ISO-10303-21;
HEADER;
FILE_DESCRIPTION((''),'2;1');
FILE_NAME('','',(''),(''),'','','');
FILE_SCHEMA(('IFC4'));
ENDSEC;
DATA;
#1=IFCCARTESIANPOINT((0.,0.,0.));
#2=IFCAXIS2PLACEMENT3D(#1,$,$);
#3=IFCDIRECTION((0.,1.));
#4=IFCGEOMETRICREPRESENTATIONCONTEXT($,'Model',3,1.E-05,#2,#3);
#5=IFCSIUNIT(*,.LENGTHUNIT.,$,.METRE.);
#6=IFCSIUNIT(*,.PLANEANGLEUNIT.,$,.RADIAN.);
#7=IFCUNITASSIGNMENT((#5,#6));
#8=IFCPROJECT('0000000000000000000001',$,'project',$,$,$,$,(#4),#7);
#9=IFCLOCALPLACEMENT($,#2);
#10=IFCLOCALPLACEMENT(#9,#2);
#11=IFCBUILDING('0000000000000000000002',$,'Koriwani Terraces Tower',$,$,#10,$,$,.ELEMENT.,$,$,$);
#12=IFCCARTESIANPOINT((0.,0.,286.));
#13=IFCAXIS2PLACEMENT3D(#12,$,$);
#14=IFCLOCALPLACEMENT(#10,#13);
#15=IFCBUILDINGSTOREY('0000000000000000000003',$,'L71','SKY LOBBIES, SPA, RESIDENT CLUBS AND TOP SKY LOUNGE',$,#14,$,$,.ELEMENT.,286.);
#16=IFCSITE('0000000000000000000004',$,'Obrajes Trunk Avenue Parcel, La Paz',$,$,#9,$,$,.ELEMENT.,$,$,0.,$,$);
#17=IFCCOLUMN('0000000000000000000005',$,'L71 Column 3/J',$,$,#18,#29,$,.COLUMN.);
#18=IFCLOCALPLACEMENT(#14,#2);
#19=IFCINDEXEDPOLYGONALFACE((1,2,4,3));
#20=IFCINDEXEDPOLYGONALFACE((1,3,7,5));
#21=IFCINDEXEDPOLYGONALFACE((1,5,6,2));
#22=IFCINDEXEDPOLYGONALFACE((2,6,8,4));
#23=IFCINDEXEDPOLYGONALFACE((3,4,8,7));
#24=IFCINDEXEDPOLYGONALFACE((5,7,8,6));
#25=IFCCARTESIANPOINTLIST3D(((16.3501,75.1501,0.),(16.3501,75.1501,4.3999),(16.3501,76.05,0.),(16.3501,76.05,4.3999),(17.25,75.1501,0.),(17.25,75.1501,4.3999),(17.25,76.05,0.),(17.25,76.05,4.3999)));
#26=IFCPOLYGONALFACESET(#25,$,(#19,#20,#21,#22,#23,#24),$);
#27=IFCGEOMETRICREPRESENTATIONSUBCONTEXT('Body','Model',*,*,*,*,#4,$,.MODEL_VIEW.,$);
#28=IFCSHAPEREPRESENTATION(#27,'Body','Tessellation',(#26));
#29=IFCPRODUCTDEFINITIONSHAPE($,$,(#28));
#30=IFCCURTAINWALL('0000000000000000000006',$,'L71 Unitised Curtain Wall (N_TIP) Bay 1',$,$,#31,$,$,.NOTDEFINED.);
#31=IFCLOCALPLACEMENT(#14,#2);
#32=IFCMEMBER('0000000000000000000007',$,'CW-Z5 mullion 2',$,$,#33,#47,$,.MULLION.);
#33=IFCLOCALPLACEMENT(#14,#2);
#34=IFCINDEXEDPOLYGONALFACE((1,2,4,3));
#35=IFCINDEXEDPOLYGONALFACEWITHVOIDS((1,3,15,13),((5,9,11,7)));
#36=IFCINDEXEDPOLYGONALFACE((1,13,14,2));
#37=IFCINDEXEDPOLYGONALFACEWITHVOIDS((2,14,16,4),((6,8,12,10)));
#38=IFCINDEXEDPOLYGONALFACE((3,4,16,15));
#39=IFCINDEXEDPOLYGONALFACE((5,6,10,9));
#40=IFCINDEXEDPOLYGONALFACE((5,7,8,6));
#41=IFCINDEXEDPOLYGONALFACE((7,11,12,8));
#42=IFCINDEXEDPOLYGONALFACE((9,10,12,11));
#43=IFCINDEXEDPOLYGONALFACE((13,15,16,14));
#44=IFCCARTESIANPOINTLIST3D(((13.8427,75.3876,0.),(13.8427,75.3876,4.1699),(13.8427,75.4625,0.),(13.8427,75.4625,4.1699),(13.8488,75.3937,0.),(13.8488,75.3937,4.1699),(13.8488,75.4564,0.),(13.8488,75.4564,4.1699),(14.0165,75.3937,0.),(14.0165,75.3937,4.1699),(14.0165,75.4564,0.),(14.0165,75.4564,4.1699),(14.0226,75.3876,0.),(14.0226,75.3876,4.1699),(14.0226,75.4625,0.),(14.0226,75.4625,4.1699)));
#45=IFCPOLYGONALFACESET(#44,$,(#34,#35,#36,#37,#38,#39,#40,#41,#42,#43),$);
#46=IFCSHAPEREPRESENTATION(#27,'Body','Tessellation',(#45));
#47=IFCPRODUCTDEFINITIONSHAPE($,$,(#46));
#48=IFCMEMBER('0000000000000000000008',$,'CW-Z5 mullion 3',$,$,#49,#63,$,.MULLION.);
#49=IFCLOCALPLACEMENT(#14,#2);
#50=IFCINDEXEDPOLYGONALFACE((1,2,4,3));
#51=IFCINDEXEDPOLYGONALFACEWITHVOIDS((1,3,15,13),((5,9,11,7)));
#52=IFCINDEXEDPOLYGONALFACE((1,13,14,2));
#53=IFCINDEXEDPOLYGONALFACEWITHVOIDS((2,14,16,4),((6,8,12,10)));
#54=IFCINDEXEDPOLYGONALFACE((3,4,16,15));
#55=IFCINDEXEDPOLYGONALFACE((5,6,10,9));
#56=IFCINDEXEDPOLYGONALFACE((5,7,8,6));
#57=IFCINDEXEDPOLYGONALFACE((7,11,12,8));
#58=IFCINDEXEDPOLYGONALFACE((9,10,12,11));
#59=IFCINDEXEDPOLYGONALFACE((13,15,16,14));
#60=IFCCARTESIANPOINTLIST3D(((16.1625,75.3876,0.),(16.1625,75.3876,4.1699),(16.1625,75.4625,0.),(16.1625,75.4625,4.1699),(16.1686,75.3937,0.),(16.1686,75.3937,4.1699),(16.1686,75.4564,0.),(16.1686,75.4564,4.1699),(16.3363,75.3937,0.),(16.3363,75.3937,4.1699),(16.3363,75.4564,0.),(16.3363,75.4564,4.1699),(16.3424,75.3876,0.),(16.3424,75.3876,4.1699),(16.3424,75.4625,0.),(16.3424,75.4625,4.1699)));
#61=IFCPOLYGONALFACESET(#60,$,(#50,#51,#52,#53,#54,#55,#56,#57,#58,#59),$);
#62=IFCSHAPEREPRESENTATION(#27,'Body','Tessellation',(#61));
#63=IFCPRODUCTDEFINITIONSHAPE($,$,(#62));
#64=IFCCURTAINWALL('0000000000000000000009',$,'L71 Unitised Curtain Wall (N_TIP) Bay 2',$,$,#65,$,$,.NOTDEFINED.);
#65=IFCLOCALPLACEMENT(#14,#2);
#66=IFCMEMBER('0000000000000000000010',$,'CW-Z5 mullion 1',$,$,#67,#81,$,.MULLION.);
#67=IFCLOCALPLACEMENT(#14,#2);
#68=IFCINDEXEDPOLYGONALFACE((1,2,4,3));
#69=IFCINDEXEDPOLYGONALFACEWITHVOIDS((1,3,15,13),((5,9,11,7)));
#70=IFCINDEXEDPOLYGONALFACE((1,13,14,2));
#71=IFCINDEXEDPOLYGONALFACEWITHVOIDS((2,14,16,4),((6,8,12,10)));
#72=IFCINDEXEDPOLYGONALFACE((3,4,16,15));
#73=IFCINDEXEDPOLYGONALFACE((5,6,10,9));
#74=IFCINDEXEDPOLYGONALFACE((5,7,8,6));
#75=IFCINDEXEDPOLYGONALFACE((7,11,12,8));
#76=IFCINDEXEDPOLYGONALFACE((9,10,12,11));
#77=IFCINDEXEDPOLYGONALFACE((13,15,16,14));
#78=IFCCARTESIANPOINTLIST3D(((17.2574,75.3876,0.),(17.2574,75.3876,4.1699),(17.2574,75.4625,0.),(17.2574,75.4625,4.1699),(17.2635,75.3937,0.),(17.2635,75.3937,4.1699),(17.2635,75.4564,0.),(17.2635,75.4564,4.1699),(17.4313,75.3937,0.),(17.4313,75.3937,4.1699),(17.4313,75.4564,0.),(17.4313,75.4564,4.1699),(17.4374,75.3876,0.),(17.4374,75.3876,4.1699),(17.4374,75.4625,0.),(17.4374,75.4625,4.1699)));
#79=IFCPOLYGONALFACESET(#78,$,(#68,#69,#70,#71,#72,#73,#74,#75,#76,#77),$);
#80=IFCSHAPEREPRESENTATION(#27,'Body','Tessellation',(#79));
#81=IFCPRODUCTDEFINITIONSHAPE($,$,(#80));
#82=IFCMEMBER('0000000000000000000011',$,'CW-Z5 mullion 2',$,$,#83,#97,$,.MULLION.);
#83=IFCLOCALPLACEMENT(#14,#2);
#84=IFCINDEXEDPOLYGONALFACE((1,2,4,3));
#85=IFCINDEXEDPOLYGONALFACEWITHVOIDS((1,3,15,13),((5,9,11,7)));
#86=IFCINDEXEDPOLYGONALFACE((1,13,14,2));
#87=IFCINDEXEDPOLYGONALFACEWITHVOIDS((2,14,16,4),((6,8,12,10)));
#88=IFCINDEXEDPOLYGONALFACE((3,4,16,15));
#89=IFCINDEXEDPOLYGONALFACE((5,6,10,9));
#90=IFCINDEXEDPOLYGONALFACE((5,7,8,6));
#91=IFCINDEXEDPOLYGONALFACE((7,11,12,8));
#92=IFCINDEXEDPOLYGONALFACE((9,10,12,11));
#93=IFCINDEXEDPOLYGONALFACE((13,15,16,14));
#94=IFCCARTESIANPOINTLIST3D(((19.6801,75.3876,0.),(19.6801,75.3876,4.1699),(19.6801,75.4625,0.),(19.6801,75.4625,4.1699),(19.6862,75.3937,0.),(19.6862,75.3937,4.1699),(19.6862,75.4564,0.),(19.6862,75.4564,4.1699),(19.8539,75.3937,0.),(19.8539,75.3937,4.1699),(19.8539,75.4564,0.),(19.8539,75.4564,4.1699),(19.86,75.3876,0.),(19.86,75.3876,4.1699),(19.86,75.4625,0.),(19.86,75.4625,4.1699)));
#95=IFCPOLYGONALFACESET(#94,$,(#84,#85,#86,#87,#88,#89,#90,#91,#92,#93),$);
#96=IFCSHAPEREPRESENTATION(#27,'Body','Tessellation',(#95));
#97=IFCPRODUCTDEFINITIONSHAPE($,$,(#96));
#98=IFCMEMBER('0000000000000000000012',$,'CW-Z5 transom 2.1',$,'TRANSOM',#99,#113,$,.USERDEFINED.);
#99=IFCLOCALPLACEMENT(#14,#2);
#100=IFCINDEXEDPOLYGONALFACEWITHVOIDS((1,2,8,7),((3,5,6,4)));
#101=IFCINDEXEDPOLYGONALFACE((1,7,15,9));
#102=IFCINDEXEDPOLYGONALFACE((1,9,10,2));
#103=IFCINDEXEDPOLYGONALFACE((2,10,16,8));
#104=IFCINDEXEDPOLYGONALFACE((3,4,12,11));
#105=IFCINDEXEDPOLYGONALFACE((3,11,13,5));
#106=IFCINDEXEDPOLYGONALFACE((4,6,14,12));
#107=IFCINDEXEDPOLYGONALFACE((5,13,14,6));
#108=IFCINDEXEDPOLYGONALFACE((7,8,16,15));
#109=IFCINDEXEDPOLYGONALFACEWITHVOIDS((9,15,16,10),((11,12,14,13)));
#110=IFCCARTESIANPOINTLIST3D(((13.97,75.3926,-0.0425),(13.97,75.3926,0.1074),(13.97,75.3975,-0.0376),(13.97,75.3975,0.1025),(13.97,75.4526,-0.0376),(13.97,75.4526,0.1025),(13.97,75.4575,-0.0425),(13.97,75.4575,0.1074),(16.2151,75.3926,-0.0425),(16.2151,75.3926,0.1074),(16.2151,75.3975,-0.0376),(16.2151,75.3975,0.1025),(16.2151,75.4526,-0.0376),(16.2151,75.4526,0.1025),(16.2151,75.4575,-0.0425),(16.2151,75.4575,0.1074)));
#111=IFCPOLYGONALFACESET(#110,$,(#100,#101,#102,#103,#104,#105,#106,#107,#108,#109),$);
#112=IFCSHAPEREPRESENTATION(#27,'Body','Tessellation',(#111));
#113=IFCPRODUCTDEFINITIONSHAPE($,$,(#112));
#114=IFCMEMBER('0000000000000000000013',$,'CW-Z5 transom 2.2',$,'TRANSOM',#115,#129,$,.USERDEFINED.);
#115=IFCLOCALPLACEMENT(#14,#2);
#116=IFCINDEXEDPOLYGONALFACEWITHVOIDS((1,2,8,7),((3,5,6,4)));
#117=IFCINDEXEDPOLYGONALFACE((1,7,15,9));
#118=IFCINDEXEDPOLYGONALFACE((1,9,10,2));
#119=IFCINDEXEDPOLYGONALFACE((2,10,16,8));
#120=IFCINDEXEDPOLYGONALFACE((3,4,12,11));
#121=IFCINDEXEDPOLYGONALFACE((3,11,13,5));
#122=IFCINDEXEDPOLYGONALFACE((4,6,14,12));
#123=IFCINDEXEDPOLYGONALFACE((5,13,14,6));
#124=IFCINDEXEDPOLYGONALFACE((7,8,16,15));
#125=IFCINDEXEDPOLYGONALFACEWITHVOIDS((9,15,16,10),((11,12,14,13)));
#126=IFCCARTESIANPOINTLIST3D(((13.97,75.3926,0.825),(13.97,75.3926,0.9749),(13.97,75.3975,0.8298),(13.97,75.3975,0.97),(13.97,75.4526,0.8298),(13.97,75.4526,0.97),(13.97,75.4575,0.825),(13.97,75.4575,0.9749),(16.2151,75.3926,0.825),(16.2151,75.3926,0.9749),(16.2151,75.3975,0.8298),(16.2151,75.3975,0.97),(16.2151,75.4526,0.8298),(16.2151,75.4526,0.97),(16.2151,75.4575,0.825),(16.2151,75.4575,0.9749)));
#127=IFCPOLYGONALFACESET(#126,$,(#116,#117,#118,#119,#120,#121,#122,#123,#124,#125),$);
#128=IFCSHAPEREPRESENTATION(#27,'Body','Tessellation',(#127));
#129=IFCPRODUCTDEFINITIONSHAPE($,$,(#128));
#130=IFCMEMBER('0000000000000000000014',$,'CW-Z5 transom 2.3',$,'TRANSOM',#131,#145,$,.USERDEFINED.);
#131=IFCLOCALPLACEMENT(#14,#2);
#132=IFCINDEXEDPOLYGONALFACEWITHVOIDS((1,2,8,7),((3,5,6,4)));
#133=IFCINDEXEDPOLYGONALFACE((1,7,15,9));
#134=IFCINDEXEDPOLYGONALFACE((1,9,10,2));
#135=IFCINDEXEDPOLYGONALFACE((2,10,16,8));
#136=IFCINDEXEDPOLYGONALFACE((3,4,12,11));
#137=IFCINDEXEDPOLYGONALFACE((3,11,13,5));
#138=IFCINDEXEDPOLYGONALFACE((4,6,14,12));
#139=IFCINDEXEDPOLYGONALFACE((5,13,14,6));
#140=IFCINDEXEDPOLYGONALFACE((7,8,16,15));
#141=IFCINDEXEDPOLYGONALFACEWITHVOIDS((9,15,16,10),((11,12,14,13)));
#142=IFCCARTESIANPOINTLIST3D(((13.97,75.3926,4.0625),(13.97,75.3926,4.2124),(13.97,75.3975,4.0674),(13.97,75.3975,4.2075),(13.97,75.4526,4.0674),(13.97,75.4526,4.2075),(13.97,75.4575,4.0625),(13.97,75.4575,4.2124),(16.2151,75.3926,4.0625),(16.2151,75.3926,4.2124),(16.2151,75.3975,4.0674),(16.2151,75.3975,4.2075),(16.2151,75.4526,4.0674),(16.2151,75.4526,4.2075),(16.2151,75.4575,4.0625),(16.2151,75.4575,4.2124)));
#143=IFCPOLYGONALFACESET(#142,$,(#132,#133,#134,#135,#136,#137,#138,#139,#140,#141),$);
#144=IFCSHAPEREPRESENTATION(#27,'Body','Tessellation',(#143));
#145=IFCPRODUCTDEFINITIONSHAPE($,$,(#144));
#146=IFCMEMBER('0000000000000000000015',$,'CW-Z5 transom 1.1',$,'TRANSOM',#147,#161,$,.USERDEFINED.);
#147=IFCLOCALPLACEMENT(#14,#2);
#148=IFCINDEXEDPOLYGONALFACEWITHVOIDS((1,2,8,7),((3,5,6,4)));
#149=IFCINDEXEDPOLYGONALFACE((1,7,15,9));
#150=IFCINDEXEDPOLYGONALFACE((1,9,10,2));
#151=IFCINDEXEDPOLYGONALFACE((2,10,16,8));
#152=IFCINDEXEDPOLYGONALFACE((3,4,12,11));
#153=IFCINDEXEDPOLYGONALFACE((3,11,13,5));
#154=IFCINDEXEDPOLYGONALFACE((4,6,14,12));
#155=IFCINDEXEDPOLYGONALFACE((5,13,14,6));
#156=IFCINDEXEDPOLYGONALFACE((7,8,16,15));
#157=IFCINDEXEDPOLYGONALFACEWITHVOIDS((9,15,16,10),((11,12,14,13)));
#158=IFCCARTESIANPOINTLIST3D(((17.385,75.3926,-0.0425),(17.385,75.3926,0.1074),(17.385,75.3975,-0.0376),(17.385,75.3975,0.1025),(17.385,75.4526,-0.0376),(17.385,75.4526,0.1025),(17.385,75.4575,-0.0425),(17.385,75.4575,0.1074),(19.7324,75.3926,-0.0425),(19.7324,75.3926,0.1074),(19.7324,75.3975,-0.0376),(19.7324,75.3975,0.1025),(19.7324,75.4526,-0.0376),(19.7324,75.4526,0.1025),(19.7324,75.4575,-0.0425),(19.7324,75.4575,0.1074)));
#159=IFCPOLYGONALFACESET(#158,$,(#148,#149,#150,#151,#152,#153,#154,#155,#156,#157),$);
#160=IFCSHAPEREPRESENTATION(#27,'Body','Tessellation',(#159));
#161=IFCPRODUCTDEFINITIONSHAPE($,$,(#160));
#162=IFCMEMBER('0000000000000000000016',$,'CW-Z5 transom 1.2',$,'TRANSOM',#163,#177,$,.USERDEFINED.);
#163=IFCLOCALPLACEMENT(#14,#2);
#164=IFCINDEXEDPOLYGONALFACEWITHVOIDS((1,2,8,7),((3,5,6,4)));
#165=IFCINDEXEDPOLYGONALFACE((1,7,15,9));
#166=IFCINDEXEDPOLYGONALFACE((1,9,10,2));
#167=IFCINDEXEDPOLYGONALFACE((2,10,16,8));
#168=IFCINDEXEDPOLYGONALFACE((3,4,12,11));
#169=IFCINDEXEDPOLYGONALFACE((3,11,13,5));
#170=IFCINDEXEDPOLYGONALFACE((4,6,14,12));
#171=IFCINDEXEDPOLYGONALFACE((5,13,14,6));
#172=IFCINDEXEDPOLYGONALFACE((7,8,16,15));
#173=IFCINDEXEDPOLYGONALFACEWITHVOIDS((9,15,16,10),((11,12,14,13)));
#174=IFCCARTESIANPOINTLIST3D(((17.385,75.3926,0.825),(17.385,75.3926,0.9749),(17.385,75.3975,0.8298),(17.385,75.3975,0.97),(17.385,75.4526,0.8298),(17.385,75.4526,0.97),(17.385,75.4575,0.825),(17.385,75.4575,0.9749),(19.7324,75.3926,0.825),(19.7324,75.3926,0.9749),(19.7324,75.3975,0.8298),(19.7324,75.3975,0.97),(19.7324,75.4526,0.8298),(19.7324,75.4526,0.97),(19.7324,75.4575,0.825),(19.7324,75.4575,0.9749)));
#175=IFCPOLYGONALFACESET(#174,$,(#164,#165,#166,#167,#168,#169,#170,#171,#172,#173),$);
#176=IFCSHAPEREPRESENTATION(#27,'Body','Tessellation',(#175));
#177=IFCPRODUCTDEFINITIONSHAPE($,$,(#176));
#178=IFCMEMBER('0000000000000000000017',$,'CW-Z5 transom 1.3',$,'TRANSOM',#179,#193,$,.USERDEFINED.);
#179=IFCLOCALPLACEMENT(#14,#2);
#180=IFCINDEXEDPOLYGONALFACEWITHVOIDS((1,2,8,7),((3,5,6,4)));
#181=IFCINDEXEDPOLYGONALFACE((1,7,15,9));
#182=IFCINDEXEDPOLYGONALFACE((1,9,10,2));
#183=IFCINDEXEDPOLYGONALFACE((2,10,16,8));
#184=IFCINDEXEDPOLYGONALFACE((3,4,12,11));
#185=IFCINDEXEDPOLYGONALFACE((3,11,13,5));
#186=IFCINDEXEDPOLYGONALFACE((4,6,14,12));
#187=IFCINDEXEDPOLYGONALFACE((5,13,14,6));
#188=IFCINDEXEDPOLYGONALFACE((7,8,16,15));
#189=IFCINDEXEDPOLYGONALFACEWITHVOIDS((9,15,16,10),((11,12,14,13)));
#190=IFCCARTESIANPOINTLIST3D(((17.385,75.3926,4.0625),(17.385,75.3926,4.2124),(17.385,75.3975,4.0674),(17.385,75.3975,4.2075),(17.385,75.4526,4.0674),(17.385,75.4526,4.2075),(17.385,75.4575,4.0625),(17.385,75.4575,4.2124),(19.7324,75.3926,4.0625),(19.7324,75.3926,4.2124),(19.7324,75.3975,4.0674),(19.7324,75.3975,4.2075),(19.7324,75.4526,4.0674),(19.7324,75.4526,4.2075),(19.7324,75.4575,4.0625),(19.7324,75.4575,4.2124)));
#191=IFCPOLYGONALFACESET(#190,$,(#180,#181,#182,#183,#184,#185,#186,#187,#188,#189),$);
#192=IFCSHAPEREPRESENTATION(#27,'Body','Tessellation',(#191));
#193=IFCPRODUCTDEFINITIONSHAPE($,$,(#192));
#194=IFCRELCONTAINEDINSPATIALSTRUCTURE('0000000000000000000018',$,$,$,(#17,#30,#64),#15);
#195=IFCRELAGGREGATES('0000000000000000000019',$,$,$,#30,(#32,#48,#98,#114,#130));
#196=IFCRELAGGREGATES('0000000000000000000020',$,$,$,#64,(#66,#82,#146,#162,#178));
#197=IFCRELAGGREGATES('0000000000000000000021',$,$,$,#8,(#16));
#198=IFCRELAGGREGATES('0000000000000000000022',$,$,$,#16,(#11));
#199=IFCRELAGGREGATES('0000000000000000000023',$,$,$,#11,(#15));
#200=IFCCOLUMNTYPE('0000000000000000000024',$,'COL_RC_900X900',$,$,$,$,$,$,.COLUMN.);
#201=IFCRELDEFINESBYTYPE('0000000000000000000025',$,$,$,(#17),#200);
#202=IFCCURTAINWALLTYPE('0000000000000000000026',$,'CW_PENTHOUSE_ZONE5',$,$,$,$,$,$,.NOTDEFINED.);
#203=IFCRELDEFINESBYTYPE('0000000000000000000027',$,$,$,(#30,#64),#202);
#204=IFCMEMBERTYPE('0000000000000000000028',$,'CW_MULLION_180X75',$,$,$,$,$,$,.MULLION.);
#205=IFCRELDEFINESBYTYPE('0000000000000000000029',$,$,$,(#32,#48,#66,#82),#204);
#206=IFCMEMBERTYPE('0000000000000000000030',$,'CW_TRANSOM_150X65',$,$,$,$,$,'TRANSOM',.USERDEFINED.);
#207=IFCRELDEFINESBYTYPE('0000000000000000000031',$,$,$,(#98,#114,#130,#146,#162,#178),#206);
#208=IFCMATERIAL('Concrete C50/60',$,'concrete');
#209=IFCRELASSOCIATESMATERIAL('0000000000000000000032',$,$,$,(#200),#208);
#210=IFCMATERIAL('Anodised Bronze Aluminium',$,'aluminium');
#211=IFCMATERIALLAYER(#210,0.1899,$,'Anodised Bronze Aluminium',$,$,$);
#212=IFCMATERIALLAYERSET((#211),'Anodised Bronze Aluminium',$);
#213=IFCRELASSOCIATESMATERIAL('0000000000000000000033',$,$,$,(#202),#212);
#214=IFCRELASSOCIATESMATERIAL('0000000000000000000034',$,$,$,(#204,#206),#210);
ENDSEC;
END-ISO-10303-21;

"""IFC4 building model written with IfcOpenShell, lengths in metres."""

from ifc_helpers import new_model, si_unit, direction, frame, origin, origin_2d, place, context, subcontext, project, spatial, rectangle, hollow_rectangle, extrude, material, layer, layer_set, material_profile, profile_set, type_object, element, aggregate, save


model = new_model("IFC4")

# Units and contexts
model_context = context("Model", 3, precision=1e-05, world=origin(), true_north=direction((0.0, 1.0)))
body_context = subcontext(model_context, "Body", "Model", "MODEL_VIEW")
ifc_project = project(units=[si_unit("LENGTHUNIT", "METRE"), si_unit("PLANEANGLEUNIT", "RADIAN")], contexts=[model_context])

# Site, building, storey
site_placement = place(None, origin())
site = spatial("IfcSite", under=ifc_project, at=site_placement, Name="Obrajes Trunk Avenue Parcel, La Paz", CompositionType="ELEMENT", RefElevation=0.0)
building_placement = place(site_placement, origin())
building = spatial("IfcBuilding", under=site, at=building_placement, Name="Koriwani Terraces Tower", CompositionType="ELEMENT")
storey_placement = place(building_placement, frame((0.0, 0.0, 286.0)))
storey = spatial("IfcBuildingStorey", under=building, at=storey_placement, Name="L71", Description="SKY LOBBIES, SPA, RESIDENT CLUBS AND TOP SKY LOUNGE", CompositionType="ELEMENT", Elevation=286.0)

# Column
ifc_material_1 = material(Name="Concrete C50/60", Category="concrete")
ifc_material_profile_1 = material_profile(ifc_material_1, rectangle(XDim=0.8999, YDim=0.8999, at=origin_2d()), Name="Concrete C50/60", Category="LoadBearing")
ifc_profile_set_1 = profile_set([ifc_material_profile_1], Name="Concrete C50/60")
column_type = type_object("IfcColumnType", Name="COL_RC_900X900", PredefinedType="COLUMN", material=ifc_profile_set_1)
column_placement = place(storey_placement, frame((16.8, 75.6001, 0.0), z_axis=(0.0, 0.0, 1.0), x_axis=(1.0, 0.0, 0.0)))
element("IfcColumn", 1, at=column_placement, inside=storey, type_object=column_type, Name="L71 Column 3/J", PredefinedType="COLUMN", context=body_context, shape_type="SweptSolid", body=[
    extrude(rectangle(XDim=0.8999, YDim=0.8999, at=origin_2d()), origin(), (0.0, 0.0, 1.0), 4.3999),
])

# Curtain walls, members
ifc_material_2 = material(Name="Anodised Bronze Aluminium", Category="aluminium")
ifc_layer_1 = layer(ifc_material_2, 0.1899, Name="Anodised Bronze Aluminium")
ifc_layer_set_1 = layer_set([ifc_layer_1], Name="Anodised Bronze Aluminium")
curtain_wall_type = type_object("IfcCurtainWallType", Name="CW_PENTHOUSE_ZONE5", PredefinedType="NOTDEFINED", material=ifc_layer_set_1)
curtain_wall_1_placement = place(storey_placement, origin())
curtain_wall_1 = element("IfcCurtainWall", 2, at=curtain_wall_1_placement, inside=storey, type_object=curtain_wall_type, Name="L71 Unitised Curtain Wall (N_TIP) Bay 1", PredefinedType="NOTDEFINED")
ifc_material_profile_2 = material_profile(ifc_material_2, hollow_rectangle(XDim=0.075, YDim=0.1799, WallThickness=0.0061, at=origin_2d()), Name="Anodised Bronze Aluminium", Category="LoadBearing")
ifc_profile_set_2 = profile_set([ifc_material_profile_2], Name="Anodised Bronze Aluminium")
member_type_1 = type_object("IfcMemberType", Name="CW_MULLION_180X75", PredefinedType="MULLION", material=ifc_profile_set_2)
member_1_placement = place(storey_placement, frame((13.9326, 75.425, 0.0), z_axis=(0.0, 0.0, 1.0), x_axis=(0.0, 1.0, 0.0)))
member_1 = element("IfcMember", 3, at=member_1_placement, type_object=member_type_1, Name="CW-Z5 mullion 2", PredefinedType="MULLION", context=body_context, shape_type="SweptSolid", body=[
    extrude(hollow_rectangle(XDim=0.075, YDim=0.1799, WallThickness=0.0061, at=origin_2d()), origin(), (0.0, 0.0, 1.0), 4.1699),
])
member_2_placement = place(storey_placement, frame((16.2524, 75.425, 0.0), z_axis=(0.0, 0.0, 1.0), x_axis=(0.0, 1.0, 0.0)))
member_2 = element("IfcMember", 4, at=member_2_placement, type_object=member_type_1, Name="CW-Z5 mullion 3", PredefinedType="MULLION", context=body_context, shape_type="SweptSolid", body=[
    extrude(hollow_rectangle(XDim=0.075, YDim=0.1799, WallThickness=0.0061, at=origin_2d()), origin(), (0.0, 0.0, 1.0), 4.1699),
])
curtain_wall_2_placement = place(storey_placement, origin())
curtain_wall_2 = element("IfcCurtainWall", 5, at=curtain_wall_2_placement, inside=storey, type_object=curtain_wall_type, Name="L71 Unitised Curtain Wall (N_TIP) Bay 2", PredefinedType="NOTDEFINED")
member_3_placement = place(storey_placement, frame((17.3474, 75.425, 0.0), z_axis=(0.0, 0.0, 1.0), x_axis=(0.0, 1.0, 0.0)))
member_3 = element("IfcMember", 6, at=member_3_placement, type_object=member_type_1, Name="CW-Z5 mullion 1", PredefinedType="MULLION", context=body_context, shape_type="SweptSolid", body=[
    extrude(hollow_rectangle(XDim=0.075, YDim=0.1799, WallThickness=0.0061, at=origin_2d()), origin(), (0.0, 0.0, 1.0), 4.1699),
])
member_4_placement = place(storey_placement, frame((19.77, 75.425, 0.0), z_axis=(0.0, 0.0, 1.0), x_axis=(0.0, 1.0, 0.0)))
member_4 = element("IfcMember", 7, at=member_4_placement, type_object=member_type_1, Name="CW-Z5 mullion 2", PredefinedType="MULLION", context=body_context, shape_type="SweptSolid", body=[
    extrude(hollow_rectangle(XDim=0.075, YDim=0.1799, WallThickness=0.0061, at=origin_2d()), origin(), (0.0, 0.0, 1.0), 4.1699),
])

# Members
ifc_material_profile_3 = material_profile(ifc_material_2, hollow_rectangle(XDim=0.0649, YDim=0.1499, WallThickness=0.0049, at=origin_2d()), Name="Anodised Bronze Aluminium", Category="LoadBearing")
ifc_profile_set_3 = profile_set([ifc_material_profile_3], Name="Anodised Bronze Aluminium")
member_type_2 = type_object("IfcMemberType", Name="CW_TRANSOM_150X65", ElementType="TRANSOM", PredefinedType="USERDEFINED", material=ifc_profile_set_3)
member_5_placement = place(storey_placement, frame((13.97, 75.425, 0.0325), z_axis=(1.0, 0.0, 0.0), x_axis=(0.0, 1.0, 0.0)))
member_5 = element("IfcMember", 8, at=member_5_placement, type_object=member_type_2, Name="CW-Z5 transom 2.1", ObjectType="TRANSOM", PredefinedType="USERDEFINED", context=body_context, shape_type="SweptSolid", body=[
    extrude(hollow_rectangle(XDim=0.0649, YDim=0.1499, WallThickness=0.0049, at=origin_2d()), origin(), (0.0, 0.0, 1.0), 2.2451),
])
member_6_placement = place(storey_placement, frame((13.97, 75.425, 0.8999), z_axis=(1.0, 0.0, 0.0), x_axis=(0.0, 1.0, 0.0)))
member_6 = element("IfcMember", 9, at=member_6_placement, type_object=member_type_2, Name="CW-Z5 transom 2.2", ObjectType="TRANSOM", PredefinedType="USERDEFINED", context=body_context, shape_type="SweptSolid", body=[
    extrude(hollow_rectangle(XDim=0.0649, YDim=0.1499, WallThickness=0.0049, at=origin_2d()), origin(), (0.0, 0.0, 1.0), 2.2451),
])
member_7_placement = place(storey_placement, frame((13.97, 75.425, 4.1375), z_axis=(1.0, 0.0, 0.0), x_axis=(0.0, 1.0, 0.0)))
member_7 = element("IfcMember", 10, at=member_7_placement, type_object=member_type_2, Name="CW-Z5 transom 2.3", ObjectType="TRANSOM", PredefinedType="USERDEFINED", context=body_context, shape_type="SweptSolid", body=[
    extrude(hollow_rectangle(XDim=0.0649, YDim=0.1499, WallThickness=0.0049, at=origin_2d()), origin(), (0.0, 0.0, 1.0), 2.2451),
])
member_8_placement = place(storey_placement, frame((17.385, 75.425, 0.0325), z_axis=(1.0, 0.0, 0.0), x_axis=(0.0, 1.0, 0.0)))
member_8 = element("IfcMember", 11, at=member_8_placement, type_object=member_type_2, Name="CW-Z5 transom 1.1", ObjectType="TRANSOM", PredefinedType="USERDEFINED", context=body_context, shape_type="SweptSolid", body=[
    extrude(hollow_rectangle(XDim=0.0649, YDim=0.1499, WallThickness=0.0049, at=origin_2d()), origin(), (0.0, 0.0, 1.0), 2.3474),
])
member_9_placement = place(storey_placement, frame((17.385, 75.425, 0.8999), z_axis=(1.0, 0.0, 0.0), x_axis=(0.0, 1.0, 0.0)))
member_9 = element("IfcMember", 12, at=member_9_placement, type_object=member_type_2, Name="CW-Z5 transom 1.2", ObjectType="TRANSOM", PredefinedType="USERDEFINED", context=body_context, shape_type="SweptSolid", body=[
    extrude(hollow_rectangle(XDim=0.0649, YDim=0.1499, WallThickness=0.0049, at=origin_2d()), origin(), (0.0, 0.0, 1.0), 2.3474),
])
member_10_placement = place(storey_placement, frame((17.385, 75.425, 4.1375), z_axis=(1.0, 0.0, 0.0), x_axis=(0.0, 1.0, 0.0)))
member_10 = element("IfcMember", 13, at=member_10_placement, type_object=member_type_2, Name="CW-Z5 transom 1.3", ObjectType="TRANSOM", PredefinedType="USERDEFINED", context=body_context, shape_type="SweptSolid", body=[
    extrude(hollow_rectangle(XDim=0.0649, YDim=0.1499, WallThickness=0.0049, at=origin_2d()), origin(), (0.0, 0.0, 1.0), 2.3474),
])

aggregate(curtain_wall_1, [member_1, member_2, member_5, member_6, member_7])
aggregate(curtain_wall_2, [member_3, member_4, member_8, member_9, member_10])

save(model, "model.ifc")
